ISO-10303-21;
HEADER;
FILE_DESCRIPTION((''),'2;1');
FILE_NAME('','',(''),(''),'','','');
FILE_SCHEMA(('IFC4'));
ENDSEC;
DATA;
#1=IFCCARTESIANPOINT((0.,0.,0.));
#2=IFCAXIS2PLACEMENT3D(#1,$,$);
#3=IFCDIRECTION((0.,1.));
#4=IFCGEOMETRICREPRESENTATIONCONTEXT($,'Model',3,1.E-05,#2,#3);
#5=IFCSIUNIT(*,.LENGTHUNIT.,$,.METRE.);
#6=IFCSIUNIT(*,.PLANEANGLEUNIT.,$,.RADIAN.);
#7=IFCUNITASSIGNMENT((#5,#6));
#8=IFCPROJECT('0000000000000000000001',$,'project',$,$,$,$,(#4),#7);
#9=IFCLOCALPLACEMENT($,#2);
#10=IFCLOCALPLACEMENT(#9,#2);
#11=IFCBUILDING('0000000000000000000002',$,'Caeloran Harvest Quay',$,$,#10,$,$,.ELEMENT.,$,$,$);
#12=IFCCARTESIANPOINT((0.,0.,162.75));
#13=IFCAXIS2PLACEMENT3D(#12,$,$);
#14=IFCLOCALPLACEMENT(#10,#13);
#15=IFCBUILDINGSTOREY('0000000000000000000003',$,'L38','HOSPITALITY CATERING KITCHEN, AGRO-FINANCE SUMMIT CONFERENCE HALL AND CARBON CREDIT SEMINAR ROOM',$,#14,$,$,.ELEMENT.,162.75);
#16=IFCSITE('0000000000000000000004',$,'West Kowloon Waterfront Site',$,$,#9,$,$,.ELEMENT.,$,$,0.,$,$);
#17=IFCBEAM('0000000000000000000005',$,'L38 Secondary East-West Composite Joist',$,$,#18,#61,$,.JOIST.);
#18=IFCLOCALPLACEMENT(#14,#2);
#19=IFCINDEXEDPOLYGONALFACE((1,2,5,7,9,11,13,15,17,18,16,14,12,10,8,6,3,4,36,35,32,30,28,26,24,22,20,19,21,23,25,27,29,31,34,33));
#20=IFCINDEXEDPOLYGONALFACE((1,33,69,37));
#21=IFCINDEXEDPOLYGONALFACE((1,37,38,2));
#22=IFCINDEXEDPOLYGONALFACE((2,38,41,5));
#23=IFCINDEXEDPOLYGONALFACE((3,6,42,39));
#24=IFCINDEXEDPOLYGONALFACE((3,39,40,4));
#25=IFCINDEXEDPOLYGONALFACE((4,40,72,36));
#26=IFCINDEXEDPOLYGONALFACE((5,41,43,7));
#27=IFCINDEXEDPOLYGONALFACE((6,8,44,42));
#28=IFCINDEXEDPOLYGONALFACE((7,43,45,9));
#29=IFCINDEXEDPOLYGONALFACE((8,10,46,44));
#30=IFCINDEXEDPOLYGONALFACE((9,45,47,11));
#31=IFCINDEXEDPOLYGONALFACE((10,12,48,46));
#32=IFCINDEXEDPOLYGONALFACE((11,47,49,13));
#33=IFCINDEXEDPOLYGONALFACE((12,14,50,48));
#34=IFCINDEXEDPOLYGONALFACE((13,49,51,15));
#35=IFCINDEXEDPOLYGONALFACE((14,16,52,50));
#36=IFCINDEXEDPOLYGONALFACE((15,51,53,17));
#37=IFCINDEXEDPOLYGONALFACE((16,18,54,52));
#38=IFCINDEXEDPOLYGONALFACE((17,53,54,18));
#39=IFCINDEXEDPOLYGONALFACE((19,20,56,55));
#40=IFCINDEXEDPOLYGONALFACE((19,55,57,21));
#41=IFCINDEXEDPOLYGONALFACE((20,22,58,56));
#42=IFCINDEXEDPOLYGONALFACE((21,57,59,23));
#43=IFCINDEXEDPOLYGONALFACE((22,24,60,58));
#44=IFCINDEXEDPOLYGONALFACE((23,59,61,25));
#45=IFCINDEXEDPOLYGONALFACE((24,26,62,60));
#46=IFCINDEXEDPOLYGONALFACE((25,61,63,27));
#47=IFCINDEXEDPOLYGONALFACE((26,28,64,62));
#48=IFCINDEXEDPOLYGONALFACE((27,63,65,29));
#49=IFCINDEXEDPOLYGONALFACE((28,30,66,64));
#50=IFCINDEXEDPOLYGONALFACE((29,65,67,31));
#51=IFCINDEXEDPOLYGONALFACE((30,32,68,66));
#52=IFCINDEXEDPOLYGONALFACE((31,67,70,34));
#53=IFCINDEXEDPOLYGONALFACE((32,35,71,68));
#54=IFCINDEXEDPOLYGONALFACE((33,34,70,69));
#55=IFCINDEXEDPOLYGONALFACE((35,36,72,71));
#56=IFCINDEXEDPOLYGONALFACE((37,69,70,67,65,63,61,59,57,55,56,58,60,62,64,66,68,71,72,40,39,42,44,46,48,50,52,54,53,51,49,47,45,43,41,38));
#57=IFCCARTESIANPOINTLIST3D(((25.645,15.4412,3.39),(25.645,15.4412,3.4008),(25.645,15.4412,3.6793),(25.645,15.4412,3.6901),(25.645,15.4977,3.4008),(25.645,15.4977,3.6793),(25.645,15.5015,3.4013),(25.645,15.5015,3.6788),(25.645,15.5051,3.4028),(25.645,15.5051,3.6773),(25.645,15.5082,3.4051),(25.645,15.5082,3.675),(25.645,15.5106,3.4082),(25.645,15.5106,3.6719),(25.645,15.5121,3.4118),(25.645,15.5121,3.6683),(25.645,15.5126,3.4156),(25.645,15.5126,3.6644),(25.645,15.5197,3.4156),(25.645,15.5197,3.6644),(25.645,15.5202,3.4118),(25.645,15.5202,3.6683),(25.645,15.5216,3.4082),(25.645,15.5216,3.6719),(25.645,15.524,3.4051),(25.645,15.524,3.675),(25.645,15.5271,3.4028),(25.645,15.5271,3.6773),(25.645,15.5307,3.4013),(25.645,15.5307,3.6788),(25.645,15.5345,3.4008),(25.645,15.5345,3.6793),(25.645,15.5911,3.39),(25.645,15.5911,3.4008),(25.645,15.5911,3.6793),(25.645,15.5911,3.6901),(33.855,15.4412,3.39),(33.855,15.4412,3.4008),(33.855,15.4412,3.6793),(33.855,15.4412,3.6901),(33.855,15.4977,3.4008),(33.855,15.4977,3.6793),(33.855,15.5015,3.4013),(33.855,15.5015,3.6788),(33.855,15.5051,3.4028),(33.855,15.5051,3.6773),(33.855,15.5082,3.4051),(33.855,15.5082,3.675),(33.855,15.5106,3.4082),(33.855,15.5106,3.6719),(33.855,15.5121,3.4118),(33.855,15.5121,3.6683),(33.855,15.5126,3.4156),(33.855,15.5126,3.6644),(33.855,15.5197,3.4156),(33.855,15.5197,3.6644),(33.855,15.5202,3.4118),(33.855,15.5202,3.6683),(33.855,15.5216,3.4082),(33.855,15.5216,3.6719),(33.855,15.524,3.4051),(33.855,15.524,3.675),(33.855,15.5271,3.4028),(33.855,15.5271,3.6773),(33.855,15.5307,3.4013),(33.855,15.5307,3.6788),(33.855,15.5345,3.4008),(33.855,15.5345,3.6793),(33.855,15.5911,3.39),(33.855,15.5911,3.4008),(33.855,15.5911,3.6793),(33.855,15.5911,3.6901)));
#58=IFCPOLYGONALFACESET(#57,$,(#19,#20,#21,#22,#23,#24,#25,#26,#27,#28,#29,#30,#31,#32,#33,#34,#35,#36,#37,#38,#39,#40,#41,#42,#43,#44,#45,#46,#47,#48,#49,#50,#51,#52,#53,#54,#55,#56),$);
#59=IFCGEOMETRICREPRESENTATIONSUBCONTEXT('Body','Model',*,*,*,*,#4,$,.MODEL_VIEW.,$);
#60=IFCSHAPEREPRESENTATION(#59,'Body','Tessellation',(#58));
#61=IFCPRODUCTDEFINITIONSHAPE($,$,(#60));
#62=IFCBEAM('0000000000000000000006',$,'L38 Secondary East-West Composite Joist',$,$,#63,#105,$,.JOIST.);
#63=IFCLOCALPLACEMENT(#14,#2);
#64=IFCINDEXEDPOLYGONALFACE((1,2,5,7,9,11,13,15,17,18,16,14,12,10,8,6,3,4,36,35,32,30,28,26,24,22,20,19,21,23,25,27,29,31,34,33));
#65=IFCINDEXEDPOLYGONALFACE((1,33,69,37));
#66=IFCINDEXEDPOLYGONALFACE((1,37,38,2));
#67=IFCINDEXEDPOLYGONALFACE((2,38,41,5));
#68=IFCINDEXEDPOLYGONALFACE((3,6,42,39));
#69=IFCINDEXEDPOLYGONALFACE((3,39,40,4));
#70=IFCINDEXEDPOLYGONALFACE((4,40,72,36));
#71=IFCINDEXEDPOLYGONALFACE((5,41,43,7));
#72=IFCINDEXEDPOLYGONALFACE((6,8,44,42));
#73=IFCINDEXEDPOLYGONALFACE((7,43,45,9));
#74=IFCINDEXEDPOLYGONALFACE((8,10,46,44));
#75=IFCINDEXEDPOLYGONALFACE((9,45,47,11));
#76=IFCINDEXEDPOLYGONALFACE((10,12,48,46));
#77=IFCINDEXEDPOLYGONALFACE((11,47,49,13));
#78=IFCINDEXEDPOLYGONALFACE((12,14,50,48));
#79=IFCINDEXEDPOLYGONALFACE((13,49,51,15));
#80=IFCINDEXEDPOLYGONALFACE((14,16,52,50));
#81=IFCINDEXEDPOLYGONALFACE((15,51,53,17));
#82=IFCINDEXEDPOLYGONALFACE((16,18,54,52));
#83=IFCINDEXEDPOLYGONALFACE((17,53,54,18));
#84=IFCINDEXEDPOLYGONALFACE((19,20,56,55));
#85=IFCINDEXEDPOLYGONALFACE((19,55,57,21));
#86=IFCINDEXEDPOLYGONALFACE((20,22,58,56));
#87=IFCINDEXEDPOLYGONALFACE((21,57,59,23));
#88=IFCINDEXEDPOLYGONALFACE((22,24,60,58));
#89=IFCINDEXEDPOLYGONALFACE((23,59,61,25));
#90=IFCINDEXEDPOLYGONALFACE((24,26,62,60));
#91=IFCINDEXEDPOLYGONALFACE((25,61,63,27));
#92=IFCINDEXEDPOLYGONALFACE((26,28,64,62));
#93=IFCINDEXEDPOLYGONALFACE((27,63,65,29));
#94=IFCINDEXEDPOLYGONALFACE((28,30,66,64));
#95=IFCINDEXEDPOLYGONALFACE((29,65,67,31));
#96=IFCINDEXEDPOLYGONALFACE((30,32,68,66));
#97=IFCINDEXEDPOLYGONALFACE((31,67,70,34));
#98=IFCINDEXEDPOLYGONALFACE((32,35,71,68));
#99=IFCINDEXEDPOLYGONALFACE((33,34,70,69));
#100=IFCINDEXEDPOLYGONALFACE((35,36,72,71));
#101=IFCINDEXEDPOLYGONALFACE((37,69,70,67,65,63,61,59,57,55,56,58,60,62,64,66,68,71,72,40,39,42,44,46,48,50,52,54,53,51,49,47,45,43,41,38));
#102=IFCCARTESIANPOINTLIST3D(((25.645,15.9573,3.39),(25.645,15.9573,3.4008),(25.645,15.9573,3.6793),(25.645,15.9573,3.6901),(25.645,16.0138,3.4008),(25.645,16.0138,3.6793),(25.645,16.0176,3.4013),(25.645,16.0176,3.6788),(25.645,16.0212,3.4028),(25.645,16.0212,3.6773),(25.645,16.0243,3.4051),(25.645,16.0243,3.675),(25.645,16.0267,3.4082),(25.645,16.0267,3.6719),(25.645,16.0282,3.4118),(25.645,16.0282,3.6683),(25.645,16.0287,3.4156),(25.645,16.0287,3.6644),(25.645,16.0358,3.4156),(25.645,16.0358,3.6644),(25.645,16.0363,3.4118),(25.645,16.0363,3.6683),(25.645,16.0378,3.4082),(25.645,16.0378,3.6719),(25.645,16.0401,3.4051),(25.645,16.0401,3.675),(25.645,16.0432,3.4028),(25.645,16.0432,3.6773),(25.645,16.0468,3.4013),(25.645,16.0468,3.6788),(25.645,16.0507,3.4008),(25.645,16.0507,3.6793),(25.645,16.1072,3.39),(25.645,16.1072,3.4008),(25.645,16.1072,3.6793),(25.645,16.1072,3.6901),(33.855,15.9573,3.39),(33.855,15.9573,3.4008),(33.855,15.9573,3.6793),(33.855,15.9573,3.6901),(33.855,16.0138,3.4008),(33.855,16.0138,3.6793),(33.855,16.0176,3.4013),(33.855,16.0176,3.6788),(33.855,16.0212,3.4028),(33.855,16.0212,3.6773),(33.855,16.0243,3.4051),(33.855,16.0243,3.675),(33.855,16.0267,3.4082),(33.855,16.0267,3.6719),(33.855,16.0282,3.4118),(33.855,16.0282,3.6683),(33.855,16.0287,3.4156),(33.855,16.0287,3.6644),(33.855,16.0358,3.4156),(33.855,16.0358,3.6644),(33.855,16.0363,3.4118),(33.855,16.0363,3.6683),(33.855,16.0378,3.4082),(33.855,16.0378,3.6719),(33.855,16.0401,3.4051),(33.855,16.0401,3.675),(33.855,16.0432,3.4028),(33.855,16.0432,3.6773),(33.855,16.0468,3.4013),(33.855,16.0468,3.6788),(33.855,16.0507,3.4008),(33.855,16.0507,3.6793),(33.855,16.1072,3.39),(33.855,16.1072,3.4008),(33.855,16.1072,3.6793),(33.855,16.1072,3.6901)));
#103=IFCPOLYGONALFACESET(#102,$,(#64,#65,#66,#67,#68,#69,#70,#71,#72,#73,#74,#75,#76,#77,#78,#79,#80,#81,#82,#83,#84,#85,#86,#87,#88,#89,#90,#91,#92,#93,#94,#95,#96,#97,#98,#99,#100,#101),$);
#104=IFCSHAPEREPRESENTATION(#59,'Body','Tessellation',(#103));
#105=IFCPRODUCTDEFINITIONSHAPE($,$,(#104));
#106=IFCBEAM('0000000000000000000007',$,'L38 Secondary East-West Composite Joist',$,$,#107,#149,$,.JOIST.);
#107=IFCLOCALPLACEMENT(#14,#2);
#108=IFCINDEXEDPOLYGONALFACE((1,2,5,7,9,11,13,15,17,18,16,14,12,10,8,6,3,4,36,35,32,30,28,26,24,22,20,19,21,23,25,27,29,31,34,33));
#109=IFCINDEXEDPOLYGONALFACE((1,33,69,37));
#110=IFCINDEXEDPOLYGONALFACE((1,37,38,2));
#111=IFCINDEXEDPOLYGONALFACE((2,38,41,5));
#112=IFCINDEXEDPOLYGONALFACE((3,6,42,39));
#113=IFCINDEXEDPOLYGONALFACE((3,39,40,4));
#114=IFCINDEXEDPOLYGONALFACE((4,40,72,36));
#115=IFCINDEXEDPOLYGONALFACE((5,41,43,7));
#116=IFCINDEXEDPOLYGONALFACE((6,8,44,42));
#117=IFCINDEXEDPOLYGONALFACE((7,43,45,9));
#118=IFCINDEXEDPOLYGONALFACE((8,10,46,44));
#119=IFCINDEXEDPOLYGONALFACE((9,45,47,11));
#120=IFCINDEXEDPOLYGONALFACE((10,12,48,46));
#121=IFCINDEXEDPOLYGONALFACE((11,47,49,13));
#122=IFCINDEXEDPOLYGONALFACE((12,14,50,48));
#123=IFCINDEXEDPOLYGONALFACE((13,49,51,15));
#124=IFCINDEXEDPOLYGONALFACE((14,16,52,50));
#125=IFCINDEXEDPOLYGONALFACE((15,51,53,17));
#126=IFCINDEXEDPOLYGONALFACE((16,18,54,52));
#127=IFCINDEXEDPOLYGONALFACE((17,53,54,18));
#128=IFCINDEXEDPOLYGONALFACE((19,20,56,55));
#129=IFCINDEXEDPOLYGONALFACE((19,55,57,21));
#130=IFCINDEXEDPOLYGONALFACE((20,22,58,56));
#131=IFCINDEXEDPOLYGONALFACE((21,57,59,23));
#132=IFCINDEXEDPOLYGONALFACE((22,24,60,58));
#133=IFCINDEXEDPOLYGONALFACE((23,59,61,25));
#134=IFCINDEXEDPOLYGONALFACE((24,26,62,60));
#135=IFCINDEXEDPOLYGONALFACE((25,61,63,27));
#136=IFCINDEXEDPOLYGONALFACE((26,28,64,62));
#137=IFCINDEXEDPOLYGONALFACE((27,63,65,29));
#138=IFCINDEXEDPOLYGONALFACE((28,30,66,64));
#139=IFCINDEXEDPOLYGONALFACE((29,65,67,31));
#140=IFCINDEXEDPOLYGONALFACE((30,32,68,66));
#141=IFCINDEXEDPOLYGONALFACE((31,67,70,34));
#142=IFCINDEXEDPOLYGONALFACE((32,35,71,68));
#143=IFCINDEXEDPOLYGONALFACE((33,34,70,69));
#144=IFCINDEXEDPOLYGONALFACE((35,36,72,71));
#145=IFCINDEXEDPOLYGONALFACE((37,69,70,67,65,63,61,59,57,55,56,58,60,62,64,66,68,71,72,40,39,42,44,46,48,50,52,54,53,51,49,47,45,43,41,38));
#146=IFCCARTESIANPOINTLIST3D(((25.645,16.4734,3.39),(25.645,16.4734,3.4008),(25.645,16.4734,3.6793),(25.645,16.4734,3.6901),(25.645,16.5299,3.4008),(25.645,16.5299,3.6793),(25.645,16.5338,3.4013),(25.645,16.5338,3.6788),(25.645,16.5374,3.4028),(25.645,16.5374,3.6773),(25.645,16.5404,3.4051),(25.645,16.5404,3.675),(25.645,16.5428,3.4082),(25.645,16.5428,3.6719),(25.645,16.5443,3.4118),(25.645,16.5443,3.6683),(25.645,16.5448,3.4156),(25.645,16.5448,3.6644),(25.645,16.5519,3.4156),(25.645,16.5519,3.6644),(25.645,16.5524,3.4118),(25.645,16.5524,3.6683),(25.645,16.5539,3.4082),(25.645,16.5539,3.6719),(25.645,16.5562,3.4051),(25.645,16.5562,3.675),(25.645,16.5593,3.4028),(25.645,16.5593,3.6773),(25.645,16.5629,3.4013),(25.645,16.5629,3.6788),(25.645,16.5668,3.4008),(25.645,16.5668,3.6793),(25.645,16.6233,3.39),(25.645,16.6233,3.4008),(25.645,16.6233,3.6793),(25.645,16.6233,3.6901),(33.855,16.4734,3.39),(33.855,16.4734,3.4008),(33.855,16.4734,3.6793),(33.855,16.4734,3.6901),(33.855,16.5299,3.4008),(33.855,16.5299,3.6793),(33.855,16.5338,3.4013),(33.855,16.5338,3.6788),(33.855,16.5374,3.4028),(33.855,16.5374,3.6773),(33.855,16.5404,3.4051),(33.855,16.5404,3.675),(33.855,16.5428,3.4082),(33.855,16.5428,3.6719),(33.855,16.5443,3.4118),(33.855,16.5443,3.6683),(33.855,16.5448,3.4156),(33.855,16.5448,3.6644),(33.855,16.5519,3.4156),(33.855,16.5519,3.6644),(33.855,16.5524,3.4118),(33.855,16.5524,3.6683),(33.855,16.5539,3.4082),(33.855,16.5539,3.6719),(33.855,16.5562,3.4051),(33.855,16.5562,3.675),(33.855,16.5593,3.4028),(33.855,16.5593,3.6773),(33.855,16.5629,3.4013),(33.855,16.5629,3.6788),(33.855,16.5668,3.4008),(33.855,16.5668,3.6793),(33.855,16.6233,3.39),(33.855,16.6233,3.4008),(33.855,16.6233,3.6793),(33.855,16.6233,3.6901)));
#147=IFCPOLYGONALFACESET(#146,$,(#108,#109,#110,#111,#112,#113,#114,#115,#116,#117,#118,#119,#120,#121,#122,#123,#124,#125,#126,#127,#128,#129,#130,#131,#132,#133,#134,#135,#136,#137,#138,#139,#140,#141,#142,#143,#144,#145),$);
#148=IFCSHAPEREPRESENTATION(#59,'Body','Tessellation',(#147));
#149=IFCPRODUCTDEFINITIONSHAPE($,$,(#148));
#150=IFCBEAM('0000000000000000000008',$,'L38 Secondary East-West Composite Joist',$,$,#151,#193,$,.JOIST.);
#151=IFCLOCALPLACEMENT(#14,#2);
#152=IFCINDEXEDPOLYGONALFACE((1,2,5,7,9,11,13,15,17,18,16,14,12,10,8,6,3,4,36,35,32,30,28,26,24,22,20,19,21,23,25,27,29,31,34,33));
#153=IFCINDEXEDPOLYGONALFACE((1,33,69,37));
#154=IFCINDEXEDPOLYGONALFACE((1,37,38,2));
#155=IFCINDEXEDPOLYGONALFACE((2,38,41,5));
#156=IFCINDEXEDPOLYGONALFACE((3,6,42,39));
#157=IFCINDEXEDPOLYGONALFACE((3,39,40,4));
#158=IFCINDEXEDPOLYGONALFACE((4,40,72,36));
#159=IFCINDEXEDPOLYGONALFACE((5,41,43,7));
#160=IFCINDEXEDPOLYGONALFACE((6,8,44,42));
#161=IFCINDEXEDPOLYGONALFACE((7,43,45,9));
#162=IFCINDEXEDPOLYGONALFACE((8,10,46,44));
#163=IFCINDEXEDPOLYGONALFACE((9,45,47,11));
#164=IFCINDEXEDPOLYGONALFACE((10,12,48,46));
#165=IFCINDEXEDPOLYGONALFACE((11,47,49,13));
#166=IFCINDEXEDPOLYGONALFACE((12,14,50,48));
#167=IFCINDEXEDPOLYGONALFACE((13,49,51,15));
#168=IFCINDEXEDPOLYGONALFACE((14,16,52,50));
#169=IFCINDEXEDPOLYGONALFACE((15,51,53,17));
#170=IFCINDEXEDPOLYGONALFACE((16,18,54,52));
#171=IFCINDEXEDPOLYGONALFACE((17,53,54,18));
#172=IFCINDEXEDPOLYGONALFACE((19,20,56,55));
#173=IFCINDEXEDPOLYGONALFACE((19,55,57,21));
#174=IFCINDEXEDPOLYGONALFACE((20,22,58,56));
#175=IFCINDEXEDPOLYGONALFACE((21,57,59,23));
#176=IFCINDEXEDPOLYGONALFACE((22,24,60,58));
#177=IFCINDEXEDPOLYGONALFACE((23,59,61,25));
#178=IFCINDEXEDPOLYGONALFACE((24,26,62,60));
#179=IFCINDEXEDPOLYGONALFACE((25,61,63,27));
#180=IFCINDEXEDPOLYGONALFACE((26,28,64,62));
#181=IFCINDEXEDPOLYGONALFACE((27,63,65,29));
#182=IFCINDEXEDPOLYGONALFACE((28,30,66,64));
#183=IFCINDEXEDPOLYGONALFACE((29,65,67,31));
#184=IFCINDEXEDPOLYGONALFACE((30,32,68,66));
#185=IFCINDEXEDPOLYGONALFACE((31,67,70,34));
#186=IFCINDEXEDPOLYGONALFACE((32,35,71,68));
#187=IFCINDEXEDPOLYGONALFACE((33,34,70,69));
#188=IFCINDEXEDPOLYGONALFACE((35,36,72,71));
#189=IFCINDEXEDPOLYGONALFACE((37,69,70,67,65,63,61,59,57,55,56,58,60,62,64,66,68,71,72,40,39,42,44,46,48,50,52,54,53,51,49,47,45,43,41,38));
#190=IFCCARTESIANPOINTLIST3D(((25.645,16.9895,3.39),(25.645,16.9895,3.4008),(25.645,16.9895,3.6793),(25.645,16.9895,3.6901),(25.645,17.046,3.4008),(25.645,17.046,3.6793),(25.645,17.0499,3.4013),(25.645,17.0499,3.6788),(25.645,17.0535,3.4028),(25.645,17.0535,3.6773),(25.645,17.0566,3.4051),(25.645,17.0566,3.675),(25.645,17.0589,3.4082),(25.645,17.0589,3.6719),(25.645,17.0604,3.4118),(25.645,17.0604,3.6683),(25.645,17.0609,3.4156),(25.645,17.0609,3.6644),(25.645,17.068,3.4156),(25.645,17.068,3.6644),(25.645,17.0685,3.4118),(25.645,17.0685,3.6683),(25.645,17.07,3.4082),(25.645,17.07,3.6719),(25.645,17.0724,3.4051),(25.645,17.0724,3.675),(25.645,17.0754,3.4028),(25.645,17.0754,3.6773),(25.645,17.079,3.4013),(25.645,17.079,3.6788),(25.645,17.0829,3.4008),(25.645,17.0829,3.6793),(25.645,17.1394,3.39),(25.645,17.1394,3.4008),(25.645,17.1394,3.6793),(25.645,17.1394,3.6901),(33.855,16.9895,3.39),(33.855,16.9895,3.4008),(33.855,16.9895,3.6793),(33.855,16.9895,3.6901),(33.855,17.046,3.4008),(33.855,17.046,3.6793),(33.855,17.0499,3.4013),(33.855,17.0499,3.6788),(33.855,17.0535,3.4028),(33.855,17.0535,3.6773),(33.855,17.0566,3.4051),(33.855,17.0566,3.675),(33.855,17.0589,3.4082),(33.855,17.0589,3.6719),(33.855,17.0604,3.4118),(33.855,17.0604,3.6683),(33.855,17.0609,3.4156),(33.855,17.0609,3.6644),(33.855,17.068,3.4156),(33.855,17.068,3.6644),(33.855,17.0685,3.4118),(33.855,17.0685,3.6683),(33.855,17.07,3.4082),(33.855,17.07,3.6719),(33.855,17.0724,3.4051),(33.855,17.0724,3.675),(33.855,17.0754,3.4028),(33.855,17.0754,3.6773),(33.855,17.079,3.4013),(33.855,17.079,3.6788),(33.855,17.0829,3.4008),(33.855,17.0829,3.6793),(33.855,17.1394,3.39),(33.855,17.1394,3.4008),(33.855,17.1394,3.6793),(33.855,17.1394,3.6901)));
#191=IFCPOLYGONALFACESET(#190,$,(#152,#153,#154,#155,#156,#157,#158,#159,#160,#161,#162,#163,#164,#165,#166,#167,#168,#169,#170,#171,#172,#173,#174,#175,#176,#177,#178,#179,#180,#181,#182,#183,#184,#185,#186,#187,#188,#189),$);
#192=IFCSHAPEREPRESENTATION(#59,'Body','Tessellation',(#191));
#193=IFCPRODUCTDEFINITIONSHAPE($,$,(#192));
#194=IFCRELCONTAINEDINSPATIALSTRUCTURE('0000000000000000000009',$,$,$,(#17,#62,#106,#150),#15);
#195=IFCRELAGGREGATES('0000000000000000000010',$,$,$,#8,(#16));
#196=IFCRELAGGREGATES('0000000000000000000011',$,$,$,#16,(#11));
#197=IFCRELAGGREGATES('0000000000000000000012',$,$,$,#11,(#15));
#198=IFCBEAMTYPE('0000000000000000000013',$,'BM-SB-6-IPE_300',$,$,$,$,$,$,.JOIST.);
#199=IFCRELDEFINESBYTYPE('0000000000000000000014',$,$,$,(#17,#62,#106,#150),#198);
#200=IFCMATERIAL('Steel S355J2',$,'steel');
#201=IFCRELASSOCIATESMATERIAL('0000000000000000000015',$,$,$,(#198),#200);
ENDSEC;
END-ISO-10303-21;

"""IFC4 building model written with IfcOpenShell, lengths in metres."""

from ifc_helpers import new_model, si_unit, direction, frame, origin, origin_2d, place, context, subcontext, project, spatial, i_section, extrude, material, material_profile, profile_set, type_object, element, save


model = new_model("IFC4")

# Units and contexts
model_context = context("Model", 3, precision=1e-05, world=origin(), true_north=direction((0.0, 1.0)))
body_context = subcontext(model_context, "Body", "Model", "MODEL_VIEW")
ifc_project = project(units=[si_unit("LENGTHUNIT", "METRE"), si_unit("PLANEANGLEUNIT", "RADIAN")], contexts=[model_context])

# Site, building, storey
site_placement = place(None, origin())
site = spatial("IfcSite", under=ifc_project, at=site_placement, Name="West Kowloon Waterfront Site", CompositionType="ELEMENT", RefElevation=0.0)
building_placement = place(site_placement, origin())
building = spatial("IfcBuilding", under=site, at=building_placement, Name="Caeloran Harvest Quay", CompositionType="ELEMENT")
storey_placement = place(building_placement, frame((0.0, 0.0, 162.75)))
storey = spatial("IfcBuildingStorey", under=building, at=storey_placement, Name="L38", Description="HOSPITALITY CATERING KITCHEN, AGRO-FINANCE SUMMIT CONFERENCE HALL AND CARBON CREDIT SEMINAR ROOM", CompositionType="ELEMENT", Elevation=162.75)

# Beams
ifc_material_1 = material(Name="Steel S355J2", Category="steel")
ifc_material_profile_1 = material_profile(ifc_material_1, i_section(OverallWidth=0.1499, OverallDepth=0.3, WebThickness=0.0071, FlangeThickness=0.0107, FilletRadius=0.0149, at=origin_2d()), Name="IPE 300")
ifc_profile_set_1 = profile_set([ifc_material_profile_1], Name="Steel S355J2")
beam_type_1 = type_object("IfcBeamType", Name="BM-SB-6-IPE_300", PredefinedType="JOIST", material=ifc_profile_set_1)
for number, where, z_axis, x_axis, name in (
    (1, (25.645, 15.5161, 3.54), (1.0, 0.0, 0.0), (0.0, 1.0, 0.0), "L38 Secondary East-West Composite Joist"),
    (2, (25.645, 16.0322, 3.54), (1.0, 0.0, 0.0), (0.0, 1.0, 0.0), "L38 Secondary East-West Composite Joist"),
    (3, (25.645, 16.5483, 3.54), (1.0, 0.0, 0.0), (0.0, 1.0, 0.0), "L38 Secondary East-West Composite Joist"),
    (4, (25.645, 17.0645, 3.54), (1.0, 0.0, 0.0), (0.0, 1.0, 0.0), "L38 Secondary East-West Composite Joist"),
):
    element("IfcBeam", number, at=place(storey_placement, frame(where, z_axis=z_axis, x_axis=x_axis)), inside=storey, type_object=beam_type_1, Name=name, PredefinedType="JOIST", context=body_context, shape_type="SweptSolid", body=[
        extrude(i_section(OverallWidth=0.1499, OverallDepth=0.3, WebThickness=0.0071, FlangeThickness=0.0107, FilletRadius=0.0149, at=origin_2d()), origin(), (0.0, 0.0, 1.0), 8.21),
    ])

save(model, "model.ifc")
